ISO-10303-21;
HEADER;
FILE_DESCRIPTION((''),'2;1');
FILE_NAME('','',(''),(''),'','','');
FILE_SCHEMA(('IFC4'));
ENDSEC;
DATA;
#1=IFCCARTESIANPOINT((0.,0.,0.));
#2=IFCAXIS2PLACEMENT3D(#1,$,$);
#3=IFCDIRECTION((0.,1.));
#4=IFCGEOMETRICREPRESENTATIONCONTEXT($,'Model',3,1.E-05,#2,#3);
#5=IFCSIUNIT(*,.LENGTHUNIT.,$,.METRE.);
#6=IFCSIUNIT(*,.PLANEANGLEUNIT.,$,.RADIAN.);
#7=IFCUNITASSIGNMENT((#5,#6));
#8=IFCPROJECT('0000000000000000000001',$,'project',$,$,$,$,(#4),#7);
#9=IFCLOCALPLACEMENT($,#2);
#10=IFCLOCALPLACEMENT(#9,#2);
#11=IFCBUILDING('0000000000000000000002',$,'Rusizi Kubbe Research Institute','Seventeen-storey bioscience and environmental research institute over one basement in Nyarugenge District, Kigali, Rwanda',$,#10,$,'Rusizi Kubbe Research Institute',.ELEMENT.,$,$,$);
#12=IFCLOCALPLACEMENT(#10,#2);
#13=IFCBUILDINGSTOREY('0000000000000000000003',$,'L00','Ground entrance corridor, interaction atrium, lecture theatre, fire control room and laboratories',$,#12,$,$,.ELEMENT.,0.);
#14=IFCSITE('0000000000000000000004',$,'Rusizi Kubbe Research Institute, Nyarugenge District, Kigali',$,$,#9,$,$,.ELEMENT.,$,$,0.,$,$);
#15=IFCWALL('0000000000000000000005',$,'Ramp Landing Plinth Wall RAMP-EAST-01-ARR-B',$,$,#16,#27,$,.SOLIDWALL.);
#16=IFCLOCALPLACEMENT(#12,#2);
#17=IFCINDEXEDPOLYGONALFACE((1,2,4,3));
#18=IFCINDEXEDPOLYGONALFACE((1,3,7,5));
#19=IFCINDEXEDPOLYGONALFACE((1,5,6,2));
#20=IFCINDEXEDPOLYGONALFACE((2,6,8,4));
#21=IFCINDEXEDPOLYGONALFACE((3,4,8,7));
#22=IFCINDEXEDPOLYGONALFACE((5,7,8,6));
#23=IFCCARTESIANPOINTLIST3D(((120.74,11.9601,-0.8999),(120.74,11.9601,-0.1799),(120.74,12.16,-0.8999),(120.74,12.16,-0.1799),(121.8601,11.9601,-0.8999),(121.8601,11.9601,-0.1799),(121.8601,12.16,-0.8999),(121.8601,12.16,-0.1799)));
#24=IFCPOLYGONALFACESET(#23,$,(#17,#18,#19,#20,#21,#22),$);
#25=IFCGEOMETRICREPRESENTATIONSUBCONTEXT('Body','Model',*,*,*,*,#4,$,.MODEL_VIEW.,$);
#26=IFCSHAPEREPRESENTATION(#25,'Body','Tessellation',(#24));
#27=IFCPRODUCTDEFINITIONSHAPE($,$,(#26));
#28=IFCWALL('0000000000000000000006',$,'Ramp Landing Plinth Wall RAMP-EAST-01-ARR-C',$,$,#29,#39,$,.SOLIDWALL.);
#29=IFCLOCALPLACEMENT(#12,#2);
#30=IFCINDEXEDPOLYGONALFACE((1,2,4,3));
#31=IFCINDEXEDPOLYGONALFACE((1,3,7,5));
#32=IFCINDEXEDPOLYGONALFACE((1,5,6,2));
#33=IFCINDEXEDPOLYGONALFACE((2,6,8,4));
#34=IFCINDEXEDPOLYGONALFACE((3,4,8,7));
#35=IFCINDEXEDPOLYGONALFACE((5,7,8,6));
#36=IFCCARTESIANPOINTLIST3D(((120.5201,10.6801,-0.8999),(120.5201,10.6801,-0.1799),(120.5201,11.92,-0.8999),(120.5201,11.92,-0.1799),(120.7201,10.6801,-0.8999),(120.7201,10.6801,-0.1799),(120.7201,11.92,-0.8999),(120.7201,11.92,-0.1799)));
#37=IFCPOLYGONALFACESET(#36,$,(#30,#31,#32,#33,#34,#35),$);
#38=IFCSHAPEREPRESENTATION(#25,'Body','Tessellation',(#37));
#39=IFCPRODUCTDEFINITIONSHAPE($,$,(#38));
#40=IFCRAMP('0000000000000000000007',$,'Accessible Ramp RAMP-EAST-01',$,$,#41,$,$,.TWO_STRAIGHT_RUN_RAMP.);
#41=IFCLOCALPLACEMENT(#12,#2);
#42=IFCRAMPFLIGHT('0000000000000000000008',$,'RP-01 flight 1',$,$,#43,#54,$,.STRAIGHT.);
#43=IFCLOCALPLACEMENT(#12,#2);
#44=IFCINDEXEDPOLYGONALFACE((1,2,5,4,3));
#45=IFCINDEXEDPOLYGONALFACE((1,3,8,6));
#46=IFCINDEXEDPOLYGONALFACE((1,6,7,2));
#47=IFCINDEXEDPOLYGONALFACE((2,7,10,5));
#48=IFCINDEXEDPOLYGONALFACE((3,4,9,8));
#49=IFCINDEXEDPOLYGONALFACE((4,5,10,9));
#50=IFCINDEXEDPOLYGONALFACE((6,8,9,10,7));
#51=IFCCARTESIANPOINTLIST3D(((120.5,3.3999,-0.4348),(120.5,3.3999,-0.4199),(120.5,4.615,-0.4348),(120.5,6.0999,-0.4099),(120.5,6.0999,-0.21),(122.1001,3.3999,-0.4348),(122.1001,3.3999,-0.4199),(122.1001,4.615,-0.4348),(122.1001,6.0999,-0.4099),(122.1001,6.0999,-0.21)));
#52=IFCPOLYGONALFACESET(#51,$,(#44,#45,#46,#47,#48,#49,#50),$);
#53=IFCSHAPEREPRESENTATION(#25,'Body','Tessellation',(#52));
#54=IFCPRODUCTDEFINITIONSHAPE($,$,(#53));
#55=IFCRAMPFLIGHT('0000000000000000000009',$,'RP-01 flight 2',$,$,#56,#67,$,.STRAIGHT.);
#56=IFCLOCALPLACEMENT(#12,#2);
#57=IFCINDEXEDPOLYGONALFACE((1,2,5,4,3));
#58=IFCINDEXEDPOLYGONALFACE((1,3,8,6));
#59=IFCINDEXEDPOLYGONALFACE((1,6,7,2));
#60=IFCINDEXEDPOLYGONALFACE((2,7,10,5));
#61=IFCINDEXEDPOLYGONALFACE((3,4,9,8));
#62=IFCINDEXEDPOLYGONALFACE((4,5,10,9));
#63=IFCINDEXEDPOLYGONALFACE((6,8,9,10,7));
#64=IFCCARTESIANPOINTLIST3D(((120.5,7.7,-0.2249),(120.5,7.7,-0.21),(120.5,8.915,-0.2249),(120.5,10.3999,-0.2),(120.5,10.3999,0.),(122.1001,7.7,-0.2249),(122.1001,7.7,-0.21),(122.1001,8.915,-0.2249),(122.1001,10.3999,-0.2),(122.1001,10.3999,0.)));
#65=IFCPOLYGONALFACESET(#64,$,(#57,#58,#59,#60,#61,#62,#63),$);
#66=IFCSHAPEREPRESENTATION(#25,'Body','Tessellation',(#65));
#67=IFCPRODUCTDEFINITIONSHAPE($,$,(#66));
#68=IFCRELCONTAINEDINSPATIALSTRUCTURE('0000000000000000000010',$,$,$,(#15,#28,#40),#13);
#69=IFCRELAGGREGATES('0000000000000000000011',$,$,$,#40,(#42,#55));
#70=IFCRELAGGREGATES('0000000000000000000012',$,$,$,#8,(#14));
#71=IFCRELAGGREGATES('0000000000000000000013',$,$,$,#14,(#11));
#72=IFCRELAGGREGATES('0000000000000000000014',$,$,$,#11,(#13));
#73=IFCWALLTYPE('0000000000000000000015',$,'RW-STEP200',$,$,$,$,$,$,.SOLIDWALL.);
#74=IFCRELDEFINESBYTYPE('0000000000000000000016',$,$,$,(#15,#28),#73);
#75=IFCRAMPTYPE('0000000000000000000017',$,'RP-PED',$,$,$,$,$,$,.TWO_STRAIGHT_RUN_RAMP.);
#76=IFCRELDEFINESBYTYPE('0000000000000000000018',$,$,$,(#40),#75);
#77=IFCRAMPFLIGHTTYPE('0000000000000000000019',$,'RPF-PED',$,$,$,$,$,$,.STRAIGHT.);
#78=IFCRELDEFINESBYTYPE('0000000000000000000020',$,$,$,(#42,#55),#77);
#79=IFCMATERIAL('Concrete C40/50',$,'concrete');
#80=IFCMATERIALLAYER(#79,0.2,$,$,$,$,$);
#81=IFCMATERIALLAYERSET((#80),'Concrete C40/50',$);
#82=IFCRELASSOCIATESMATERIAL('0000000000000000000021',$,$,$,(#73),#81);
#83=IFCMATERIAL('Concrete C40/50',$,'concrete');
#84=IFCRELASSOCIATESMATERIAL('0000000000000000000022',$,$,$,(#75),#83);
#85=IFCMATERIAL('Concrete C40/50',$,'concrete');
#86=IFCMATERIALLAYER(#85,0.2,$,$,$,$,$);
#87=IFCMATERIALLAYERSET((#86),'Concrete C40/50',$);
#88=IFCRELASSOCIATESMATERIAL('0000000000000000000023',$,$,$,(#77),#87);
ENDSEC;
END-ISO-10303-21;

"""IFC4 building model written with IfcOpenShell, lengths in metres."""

from ifc_helpers import new_model, si_unit, direction, frame, frame_2d, origin, place, context, subcontext, project, spatial, polyline, rectangle, outline, extrude, material, layer, layer_set, type_object, element, aggregate, save


model = new_model("IFC4")

# Units and contexts
model_context = context("Model", 3, precision=1e-05, world=origin(), true_north=direction((0.0, 1.0)))
body_context = subcontext(model_context, "Body", "Model", "MODEL_VIEW")
ifc_project = project(units=[si_unit("LENGTHUNIT", "METRE"), si_unit("PLANEANGLEUNIT", "RADIAN")], contexts=[model_context])

# Site, building, storey
site_placement = place(None, origin())
site = spatial("IfcSite", under=ifc_project, at=site_placement, Name="Rusizi Kubbe Research Institute, Nyarugenge District, Kigali", CompositionType="ELEMENT", RefElevation=0.0)
building_placement = place(site_placement, origin())
building = spatial("IfcBuilding", under=site, at=building_placement, Name="Rusizi Kubbe Research Institute", Description="Seventeen-storey bioscience and environmental research institute over one basement in Nyarugenge District, Kigali, Rwanda", LongName="Rusizi Kubbe Research Institute", CompositionType="ELEMENT")
storey_placement = place(building_placement, origin())
storey = spatial("IfcBuildingStorey", under=building, at=storey_placement, Name="L00", Description="Ground entrance corridor, interaction atrium, lecture theatre, fire control room and laboratories", CompositionType="ELEMENT", Elevation=0.0)

# Walls
ifc_material_1 = material(Name="Concrete C40/50", Category="concrete")
ifc_layer_1 = layer(ifc_material_1, 0.2)
ifc_layer_set_1 = layer_set([ifc_layer_1], Name="Concrete C40/50")
wall_type_1 = type_object("IfcWallType", Name="RW-STEP200", PredefinedType="SOLIDWALL", material=ifc_layer_set_1)
for number, where, z_axis, x_axis, name in (
    (1, (120.74, 12.0601, -0.8999), (0.0, 0.0, 1.0), (1.0, 0.0, 0.0), "Ramp Landing Plinth Wall RAMP-EAST-01-ARR-B"),
):
    element("IfcWall", number, at=place(storey_placement, frame(where, z_axis=z_axis, x_axis=x_axis)), inside=storey, type_object=wall_type_1, Name=name, PredefinedType="SOLIDWALL", context=body_context, shape_type="SweptSolid", body=[
        extrude(rectangle(XDim=1.1201, YDim=0.2, at=frame_2d((0.5601, 0.0))), origin(), (0.0, 0.0, 1.0), 0.72),
    ])
wall_1_placement = place(storey_placement, frame((120.6201, 10.6799, -0.8999), z_axis=(0.0, 0.0, 1.0), x_axis=(0.0, 1.0, 0.0)))
element("IfcWall", 2, at=wall_1_placement, inside=storey, type_object=wall_type_1, Name="Ramp Landing Plinth Wall RAMP-EAST-01-ARR-C", PredefinedType="SOLIDWALL", context=body_context, shape_type="SweptSolid", body=[
    extrude(rectangle(XDim=1.24, YDim=0.2, at=frame_2d((0.6201, 0.0))), origin(), (0.0, 0.0, 1.0), 0.72),
])

# Ramp, ramp flights
ifc_material_2 = material(Name="Concrete C40/50", Category="concrete")
ramp_type = type_object("IfcRampType", Name="RP-PED", PredefinedType="TWO_STRAIGHT_RUN_RAMP", material=ifc_material_2)
ramp_placement = place(storey_placement, origin())
ramp = element("IfcRamp", 3, at=ramp_placement, inside=storey, type_object=ramp_type, Name="Accessible Ramp RAMP-EAST-01", PredefinedType="TWO_STRAIGHT_RUN_RAMP")
ifc_material_3 = material(Name="Concrete C40/50", Category="concrete")
ifc_layer_2 = layer(ifc_material_3, 0.2)
ifc_layer_set_2 = layer_set([ifc_layer_2], Name="Concrete C40/50")
ramp_flight_type = type_object("IfcRampFlightType", Name="RPF-PED", PredefinedType="STRAIGHT", material=ifc_layer_set_2)
ramp_flight_1_placement = place(storey_placement, frame((121.3, 3.3999, -0.4199), z_axis=(0.0, 0.0, 1.0), x_axis=(0.0, 1.0, 0.0)))
ramp_flight_1 = element("IfcRampFlight", 4, at=ramp_flight_1_placement, type_object=ramp_flight_type, Name="RP-01 flight 1", PredefinedType="STRAIGHT", context=body_context, shape_type="SweptSolid", body=[
    extrude(outline(polyline([(0.0, -0.0149), (0.0, 0.0), (2.7, 0.21), (2.7, 0.01), (1.2151, -0.0149), (0.0, -0.0149)])), frame((0.0, 0.8, 0.0), z_axis=(0.0, -1.0, 0.0), x_axis=(1.0, 0.0, 0.0)), (0.0, 0.0, 1.0), 1.6001),
])
ramp_flight_2_placement = place(storey_placement, frame((121.3, 7.7, -0.21), z_axis=(0.0, 0.0, 1.0), x_axis=(0.0, 1.0, 0.0)))
ramp_flight_2 = element("IfcRampFlight", 5, at=ramp_flight_2_placement, type_object=ramp_flight_type, Name="RP-01 flight 2", PredefinedType="STRAIGHT", context=body_context, shape_type="SweptSolid", body=[
    extrude(outline(polyline([(0.0, -0.0149), (0.0, 0.0), (2.7, 0.21), (2.7, 0.01), (1.2151, -0.0149), (0.0, -0.0149)])), frame((0.0, 0.8, 0.0), z_axis=(0.0, -1.0, 0.0), x_axis=(1.0, 0.0, 0.0)), (0.0, 0.0, 1.0), 1.6001),
])
aggregate(ramp, [ramp_flight_1, ramp_flight_2])

save(model, "model.ifc")
